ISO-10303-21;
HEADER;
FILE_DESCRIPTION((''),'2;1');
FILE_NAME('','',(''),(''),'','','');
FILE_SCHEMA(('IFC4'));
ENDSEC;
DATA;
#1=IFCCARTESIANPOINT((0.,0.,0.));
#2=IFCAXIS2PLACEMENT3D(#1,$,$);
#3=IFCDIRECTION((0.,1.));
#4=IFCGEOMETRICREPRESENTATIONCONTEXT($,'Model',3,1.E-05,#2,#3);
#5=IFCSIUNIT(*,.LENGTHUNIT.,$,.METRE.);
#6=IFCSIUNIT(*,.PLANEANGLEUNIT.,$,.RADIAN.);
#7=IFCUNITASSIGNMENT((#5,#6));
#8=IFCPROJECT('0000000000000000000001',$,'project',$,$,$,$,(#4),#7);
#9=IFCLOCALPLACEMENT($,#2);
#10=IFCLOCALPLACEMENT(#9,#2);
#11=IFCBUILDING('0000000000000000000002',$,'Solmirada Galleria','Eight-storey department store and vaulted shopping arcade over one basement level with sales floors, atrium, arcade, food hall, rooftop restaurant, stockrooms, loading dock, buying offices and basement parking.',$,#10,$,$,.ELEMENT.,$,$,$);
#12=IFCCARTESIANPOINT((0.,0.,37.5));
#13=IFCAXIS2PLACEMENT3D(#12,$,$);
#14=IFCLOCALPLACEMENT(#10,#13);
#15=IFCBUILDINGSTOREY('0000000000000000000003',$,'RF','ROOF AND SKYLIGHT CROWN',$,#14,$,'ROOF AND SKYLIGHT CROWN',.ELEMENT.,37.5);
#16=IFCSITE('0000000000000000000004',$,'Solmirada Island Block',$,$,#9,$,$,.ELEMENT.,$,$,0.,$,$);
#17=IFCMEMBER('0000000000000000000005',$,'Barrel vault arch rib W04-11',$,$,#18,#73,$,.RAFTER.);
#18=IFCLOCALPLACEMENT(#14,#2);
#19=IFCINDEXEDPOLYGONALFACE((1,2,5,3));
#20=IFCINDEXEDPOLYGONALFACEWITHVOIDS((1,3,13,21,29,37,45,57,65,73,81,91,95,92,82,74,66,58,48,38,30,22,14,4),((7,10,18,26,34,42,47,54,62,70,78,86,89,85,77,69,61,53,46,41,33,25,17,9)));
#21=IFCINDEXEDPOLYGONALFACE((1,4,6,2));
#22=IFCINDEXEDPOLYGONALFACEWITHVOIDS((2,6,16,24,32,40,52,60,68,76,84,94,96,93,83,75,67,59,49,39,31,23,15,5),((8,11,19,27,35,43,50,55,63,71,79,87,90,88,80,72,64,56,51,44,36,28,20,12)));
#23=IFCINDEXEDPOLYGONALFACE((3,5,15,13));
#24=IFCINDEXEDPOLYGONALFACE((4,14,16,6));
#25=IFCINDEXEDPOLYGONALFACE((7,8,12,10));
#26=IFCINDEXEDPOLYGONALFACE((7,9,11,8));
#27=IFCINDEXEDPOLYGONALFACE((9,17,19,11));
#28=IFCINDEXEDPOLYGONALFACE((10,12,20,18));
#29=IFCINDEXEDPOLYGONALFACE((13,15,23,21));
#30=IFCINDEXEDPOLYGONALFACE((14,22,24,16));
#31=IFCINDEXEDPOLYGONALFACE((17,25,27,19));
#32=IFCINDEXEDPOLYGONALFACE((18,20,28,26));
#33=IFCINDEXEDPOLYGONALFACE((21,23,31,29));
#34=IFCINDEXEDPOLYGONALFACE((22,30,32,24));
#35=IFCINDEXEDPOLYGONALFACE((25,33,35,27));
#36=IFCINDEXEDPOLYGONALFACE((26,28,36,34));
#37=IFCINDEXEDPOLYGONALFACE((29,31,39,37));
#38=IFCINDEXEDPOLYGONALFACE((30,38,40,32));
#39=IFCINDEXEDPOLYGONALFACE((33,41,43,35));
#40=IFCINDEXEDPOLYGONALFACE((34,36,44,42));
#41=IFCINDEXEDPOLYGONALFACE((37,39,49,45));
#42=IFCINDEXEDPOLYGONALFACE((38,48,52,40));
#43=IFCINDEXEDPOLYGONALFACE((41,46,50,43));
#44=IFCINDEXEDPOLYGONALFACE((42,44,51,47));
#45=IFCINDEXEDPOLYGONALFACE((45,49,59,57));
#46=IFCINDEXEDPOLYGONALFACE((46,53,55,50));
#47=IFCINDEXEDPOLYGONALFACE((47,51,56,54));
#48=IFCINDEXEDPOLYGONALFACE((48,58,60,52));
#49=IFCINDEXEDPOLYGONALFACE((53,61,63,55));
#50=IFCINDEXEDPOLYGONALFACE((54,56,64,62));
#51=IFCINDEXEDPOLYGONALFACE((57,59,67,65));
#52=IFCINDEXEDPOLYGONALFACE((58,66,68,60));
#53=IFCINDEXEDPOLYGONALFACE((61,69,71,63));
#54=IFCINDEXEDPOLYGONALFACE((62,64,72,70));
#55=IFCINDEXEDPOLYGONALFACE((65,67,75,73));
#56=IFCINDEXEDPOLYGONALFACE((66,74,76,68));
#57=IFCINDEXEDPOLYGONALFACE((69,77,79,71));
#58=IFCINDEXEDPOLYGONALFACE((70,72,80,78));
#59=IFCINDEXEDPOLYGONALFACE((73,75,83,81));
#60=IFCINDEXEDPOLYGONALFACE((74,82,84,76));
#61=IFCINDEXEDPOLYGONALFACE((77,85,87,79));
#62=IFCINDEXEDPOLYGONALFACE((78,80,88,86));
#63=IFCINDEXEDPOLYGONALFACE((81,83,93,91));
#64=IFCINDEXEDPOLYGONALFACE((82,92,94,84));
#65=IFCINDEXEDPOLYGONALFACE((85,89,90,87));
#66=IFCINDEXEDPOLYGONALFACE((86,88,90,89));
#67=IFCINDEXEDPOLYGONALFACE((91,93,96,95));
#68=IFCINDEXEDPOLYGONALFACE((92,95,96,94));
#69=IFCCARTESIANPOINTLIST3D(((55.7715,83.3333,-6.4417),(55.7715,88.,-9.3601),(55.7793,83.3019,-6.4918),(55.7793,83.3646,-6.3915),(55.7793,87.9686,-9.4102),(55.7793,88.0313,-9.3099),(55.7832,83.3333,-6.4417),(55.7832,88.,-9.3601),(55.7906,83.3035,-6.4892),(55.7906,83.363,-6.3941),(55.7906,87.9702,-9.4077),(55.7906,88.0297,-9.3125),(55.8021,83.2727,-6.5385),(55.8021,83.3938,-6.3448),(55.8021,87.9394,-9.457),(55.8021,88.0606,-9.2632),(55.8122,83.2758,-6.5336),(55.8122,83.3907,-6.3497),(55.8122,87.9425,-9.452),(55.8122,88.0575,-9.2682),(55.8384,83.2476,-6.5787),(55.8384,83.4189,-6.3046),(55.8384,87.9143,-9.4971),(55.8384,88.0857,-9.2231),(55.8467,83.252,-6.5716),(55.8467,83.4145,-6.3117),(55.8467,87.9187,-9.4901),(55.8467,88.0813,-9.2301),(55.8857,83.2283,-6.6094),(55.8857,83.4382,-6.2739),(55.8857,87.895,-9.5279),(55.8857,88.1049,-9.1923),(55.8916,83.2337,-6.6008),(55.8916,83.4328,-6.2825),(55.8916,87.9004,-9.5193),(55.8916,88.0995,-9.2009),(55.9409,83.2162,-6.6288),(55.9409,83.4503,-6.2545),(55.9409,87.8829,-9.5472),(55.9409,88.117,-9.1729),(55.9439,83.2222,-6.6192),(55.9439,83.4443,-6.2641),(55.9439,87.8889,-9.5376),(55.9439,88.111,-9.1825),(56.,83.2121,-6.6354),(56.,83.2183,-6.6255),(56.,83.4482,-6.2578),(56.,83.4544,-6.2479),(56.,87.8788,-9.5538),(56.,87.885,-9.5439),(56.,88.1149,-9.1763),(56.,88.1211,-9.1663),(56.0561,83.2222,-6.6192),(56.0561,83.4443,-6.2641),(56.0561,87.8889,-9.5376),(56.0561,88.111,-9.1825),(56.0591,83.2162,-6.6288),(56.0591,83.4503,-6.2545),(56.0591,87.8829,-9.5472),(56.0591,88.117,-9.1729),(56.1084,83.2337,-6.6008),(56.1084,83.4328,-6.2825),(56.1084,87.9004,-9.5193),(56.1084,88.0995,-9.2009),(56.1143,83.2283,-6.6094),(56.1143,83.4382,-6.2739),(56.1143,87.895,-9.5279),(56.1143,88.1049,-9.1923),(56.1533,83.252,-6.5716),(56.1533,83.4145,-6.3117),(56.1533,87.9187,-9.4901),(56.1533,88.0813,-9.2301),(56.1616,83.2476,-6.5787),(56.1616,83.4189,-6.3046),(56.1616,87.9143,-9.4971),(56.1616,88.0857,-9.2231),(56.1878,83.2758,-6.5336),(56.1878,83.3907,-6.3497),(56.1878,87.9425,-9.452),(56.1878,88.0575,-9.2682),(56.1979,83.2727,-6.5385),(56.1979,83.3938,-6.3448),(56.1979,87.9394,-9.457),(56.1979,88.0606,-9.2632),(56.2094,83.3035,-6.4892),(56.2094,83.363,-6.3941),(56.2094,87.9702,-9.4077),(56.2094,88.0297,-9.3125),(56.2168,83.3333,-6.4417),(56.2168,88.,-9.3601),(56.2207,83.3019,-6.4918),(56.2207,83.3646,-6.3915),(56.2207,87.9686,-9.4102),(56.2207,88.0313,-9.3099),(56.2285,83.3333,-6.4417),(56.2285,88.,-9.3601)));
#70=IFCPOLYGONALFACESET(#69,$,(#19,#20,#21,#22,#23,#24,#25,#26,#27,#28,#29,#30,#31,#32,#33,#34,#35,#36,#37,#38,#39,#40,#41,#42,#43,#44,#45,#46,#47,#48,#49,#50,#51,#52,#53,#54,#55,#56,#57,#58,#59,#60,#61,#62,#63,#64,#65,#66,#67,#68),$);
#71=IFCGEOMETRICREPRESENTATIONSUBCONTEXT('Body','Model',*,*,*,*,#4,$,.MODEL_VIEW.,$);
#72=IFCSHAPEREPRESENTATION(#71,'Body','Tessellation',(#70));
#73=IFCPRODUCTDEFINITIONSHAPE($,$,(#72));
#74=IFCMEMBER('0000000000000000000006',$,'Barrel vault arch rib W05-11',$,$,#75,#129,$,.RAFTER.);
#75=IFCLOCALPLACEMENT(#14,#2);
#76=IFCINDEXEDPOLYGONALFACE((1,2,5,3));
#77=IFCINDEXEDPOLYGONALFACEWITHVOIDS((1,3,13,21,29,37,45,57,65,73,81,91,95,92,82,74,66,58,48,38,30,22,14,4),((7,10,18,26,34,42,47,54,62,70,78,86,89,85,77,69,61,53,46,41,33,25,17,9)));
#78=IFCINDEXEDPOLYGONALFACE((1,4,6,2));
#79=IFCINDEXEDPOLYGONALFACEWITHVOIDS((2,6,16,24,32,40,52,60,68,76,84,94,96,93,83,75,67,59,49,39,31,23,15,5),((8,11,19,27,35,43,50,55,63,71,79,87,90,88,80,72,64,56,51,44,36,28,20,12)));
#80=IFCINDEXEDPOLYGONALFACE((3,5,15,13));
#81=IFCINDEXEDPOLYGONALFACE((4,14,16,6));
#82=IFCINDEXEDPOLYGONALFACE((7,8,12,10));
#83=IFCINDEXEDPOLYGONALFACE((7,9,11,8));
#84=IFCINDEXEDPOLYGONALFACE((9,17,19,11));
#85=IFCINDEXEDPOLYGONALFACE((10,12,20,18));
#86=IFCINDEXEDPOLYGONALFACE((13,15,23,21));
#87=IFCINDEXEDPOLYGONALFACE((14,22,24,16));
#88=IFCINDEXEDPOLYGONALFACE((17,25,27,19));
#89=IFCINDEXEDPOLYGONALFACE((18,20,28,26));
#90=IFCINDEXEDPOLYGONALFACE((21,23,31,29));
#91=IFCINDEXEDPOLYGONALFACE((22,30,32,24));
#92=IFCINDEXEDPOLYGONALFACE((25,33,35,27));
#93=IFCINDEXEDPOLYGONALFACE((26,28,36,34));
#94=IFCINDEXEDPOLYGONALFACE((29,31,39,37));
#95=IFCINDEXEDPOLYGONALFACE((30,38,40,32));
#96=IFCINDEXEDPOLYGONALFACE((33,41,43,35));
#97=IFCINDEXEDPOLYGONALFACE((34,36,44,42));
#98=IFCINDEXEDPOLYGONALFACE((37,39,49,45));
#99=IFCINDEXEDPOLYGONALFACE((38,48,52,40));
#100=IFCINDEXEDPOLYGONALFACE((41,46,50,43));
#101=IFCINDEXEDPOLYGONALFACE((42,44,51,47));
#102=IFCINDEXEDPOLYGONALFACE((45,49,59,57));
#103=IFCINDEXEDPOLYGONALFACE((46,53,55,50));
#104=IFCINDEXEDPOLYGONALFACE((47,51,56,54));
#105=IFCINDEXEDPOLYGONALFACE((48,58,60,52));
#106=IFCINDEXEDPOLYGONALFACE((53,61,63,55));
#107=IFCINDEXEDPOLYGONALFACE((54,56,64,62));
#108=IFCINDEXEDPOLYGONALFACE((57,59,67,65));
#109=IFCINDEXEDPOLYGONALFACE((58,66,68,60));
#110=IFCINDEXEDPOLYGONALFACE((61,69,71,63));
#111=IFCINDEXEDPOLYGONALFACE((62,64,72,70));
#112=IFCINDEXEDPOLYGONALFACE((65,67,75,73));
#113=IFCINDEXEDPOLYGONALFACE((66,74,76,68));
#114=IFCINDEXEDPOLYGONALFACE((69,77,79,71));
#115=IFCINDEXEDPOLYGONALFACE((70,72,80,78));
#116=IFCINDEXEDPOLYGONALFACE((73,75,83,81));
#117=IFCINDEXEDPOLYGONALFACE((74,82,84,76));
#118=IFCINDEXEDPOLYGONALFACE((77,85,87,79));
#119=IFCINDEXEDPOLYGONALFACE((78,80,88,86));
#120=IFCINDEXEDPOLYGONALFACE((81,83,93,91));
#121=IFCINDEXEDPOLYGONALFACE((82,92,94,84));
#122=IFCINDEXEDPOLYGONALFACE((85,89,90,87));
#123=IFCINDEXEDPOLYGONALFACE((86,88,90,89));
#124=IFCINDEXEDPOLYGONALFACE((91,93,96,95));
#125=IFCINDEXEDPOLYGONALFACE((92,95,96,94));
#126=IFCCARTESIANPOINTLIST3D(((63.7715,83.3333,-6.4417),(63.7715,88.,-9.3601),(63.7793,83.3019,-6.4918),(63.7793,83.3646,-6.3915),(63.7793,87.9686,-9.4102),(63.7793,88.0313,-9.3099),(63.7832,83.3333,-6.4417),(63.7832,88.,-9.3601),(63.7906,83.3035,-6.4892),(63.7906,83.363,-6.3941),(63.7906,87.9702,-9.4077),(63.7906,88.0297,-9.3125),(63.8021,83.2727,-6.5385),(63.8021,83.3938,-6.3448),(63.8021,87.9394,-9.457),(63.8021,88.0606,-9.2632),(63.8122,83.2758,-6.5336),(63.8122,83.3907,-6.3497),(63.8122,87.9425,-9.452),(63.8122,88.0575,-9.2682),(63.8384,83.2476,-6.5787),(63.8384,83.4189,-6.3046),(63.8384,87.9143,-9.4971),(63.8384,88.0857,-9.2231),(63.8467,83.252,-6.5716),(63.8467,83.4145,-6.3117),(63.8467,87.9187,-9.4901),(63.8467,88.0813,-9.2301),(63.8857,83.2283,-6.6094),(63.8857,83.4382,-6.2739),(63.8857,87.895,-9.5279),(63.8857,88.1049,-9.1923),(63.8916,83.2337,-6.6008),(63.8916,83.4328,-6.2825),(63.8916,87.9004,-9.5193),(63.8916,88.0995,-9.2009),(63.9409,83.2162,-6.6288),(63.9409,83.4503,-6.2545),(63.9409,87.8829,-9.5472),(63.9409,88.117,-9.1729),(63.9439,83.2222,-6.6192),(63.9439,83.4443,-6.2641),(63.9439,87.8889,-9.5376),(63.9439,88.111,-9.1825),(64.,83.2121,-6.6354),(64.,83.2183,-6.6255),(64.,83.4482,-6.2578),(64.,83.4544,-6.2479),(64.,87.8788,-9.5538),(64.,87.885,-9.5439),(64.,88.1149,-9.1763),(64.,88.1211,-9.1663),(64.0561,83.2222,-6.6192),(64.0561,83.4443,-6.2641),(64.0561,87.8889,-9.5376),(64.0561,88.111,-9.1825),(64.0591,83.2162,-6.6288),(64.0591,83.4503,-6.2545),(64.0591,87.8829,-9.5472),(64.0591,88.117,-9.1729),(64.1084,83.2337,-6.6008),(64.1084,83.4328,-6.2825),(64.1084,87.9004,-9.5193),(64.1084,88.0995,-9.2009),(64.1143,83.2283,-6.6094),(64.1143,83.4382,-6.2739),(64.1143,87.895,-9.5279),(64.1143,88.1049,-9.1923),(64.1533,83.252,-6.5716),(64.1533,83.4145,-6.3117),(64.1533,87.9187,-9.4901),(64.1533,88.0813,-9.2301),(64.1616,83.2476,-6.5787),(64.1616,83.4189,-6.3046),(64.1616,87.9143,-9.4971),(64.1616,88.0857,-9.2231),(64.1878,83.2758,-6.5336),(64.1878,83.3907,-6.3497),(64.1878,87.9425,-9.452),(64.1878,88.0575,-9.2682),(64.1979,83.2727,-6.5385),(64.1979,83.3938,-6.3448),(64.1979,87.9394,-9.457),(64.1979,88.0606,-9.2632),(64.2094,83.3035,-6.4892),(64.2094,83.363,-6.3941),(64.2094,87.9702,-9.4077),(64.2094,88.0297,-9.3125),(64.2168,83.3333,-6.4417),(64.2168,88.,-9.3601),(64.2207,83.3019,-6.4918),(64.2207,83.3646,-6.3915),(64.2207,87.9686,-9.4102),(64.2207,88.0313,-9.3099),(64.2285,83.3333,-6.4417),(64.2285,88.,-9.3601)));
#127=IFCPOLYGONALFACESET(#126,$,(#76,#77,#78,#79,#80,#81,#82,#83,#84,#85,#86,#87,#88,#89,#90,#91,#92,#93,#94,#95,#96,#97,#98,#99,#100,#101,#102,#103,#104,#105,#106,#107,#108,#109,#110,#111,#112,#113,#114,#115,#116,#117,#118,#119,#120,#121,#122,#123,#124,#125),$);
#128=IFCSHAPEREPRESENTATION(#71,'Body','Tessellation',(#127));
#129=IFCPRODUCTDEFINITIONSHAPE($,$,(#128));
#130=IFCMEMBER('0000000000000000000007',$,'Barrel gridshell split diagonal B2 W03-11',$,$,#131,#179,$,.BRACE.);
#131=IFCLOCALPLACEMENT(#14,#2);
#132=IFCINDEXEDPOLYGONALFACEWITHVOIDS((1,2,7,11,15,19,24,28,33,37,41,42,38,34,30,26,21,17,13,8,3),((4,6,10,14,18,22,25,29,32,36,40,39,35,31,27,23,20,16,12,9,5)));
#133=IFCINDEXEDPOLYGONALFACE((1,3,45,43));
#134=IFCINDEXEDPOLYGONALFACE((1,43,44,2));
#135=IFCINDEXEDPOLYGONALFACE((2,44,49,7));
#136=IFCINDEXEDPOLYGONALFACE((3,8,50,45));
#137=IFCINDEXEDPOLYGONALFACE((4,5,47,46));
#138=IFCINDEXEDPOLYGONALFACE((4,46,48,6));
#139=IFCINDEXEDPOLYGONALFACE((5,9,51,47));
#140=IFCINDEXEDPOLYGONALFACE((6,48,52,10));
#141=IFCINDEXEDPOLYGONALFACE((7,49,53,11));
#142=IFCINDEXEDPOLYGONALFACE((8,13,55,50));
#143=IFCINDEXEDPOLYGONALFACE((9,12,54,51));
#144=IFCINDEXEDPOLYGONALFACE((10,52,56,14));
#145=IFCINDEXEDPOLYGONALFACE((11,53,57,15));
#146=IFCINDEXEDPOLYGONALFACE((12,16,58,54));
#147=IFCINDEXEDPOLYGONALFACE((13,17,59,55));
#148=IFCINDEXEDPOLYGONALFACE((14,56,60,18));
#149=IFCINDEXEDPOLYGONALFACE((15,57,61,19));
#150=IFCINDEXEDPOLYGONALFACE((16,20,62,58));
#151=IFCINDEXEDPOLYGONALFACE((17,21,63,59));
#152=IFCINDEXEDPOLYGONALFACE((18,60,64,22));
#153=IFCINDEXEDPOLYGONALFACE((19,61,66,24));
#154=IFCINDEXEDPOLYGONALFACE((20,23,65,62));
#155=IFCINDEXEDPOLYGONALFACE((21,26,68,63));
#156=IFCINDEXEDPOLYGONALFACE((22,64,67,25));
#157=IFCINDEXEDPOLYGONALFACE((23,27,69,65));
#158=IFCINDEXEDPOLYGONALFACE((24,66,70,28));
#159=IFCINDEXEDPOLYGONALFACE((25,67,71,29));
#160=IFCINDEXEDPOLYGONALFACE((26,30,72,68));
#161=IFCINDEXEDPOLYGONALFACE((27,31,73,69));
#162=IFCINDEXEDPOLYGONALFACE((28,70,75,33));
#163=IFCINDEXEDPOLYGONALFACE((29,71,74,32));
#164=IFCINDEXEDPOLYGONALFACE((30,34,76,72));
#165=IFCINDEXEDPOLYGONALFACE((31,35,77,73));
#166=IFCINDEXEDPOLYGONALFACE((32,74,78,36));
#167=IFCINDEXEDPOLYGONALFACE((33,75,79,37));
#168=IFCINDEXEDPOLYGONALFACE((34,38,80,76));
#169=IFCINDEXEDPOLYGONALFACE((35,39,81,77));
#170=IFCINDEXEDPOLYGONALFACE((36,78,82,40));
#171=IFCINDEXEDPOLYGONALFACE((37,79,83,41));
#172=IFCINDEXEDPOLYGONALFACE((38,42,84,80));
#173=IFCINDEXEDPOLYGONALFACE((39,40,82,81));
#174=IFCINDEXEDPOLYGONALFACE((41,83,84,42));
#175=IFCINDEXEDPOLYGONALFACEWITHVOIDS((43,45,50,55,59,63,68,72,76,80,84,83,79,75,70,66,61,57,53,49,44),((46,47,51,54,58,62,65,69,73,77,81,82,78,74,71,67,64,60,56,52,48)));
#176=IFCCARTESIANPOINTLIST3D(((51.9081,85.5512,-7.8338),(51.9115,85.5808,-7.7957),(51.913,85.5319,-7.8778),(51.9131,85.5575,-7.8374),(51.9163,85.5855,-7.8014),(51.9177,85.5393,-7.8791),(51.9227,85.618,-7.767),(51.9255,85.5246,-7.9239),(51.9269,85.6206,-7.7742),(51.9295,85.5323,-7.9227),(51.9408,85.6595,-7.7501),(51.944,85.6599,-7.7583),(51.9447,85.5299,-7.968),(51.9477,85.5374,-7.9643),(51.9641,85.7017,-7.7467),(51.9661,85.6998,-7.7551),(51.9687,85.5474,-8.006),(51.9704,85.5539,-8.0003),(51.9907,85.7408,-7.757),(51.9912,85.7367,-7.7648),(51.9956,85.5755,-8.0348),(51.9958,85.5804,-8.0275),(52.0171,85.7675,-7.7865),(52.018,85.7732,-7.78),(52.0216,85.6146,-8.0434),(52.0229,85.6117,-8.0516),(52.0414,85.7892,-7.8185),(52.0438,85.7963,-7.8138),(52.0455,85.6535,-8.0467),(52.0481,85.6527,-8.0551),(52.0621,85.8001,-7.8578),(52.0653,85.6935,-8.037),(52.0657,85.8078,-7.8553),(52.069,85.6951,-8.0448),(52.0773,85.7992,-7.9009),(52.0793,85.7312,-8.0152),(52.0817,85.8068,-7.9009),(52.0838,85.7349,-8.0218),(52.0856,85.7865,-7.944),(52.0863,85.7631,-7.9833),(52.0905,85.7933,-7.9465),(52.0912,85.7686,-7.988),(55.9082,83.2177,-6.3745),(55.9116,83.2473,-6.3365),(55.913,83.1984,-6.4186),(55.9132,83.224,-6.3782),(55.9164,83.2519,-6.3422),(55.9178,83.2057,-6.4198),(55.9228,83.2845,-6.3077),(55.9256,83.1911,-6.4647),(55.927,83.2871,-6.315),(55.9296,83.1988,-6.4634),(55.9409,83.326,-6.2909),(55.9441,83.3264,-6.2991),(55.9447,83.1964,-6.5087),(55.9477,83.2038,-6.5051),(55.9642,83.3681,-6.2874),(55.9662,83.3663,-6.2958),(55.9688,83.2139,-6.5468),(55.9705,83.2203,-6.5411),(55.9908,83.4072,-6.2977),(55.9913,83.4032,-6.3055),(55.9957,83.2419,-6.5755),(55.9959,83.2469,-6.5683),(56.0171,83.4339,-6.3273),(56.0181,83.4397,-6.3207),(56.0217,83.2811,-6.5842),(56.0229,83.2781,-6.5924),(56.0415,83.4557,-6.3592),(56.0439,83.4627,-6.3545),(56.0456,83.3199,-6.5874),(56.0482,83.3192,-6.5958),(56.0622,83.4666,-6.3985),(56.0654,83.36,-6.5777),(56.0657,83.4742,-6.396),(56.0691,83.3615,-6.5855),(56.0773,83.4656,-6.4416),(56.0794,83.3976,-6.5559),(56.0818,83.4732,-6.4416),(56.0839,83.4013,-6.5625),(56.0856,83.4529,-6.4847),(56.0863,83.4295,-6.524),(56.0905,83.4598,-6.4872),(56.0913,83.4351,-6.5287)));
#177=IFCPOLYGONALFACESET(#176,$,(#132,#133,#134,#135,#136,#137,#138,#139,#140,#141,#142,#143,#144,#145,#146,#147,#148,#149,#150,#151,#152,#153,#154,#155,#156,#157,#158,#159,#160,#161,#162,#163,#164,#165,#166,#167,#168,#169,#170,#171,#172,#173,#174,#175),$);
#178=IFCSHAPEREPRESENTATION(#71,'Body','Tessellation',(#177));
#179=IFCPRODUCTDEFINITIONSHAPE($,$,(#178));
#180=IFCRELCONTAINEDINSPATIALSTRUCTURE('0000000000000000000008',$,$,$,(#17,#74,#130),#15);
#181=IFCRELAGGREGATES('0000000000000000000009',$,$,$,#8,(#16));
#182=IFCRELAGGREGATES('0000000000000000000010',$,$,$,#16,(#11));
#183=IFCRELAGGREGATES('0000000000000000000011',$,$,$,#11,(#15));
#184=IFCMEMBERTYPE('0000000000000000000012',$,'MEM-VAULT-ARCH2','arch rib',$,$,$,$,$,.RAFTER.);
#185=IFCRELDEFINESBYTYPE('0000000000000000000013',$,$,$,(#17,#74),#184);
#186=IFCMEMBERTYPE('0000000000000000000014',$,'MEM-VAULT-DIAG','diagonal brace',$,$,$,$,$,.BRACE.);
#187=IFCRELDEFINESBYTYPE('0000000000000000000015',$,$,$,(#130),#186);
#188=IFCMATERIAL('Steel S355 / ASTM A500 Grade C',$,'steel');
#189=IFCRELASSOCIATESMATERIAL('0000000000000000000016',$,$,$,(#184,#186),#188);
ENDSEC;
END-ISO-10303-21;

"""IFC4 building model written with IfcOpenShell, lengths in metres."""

from ifc_helpers import new_model, si_unit, direction, frame, origin, origin_2d, place, context, subcontext, project, spatial, hollow_circle, extrude, material, material_profile, profile_set, type_object, element, save


model = new_model("IFC4")

# Units and contexts
model_context = context("Model", 3, precision=1e-05, world=origin(), true_north=direction((0.0, 1.0)))
body_context = subcontext(model_context, "Body", "Model", "MODEL_VIEW")
ifc_project = project(units=[si_unit("LENGTHUNIT", "METRE"), si_unit("PLANEANGLEUNIT", "RADIAN")], contexts=[model_context])

# Site, building, storey
site_placement = place(None, origin())
site = spatial("IfcSite", under=ifc_project, at=site_placement, Name="Solmirada Island Block", CompositionType="ELEMENT", RefElevation=0.0)
building_placement = place(site_placement, origin())
building = spatial("IfcBuilding", under=site, at=building_placement, Name="Solmirada Galleria", Description="Eight-storey department store and vaulted shopping arcade over one basement level with sales floors, atrium, arcade, food hall, rooftop restaurant, stockrooms, loading dock, buying offices and basement parking.", CompositionType="ELEMENT")
storey_placement = place(building_placement, frame((0.0, 0.0, 37.5)))
storey = spatial("IfcBuildingStorey", under=building, at=storey_placement, Name="RF", Description="ROOF AND SKYLIGHT CROWN", LongName="ROOF AND SKYLIGHT CROWN", CompositionType="ELEMENT", Elevation=37.5)

# Members
ifc_material_1 = material(Name="Steel S355 / ASTM A500 Grade C", Category="steel")
ifc_material_profile_1 = material_profile(ifc_material_1, hollow_circle(Radius=0.2285, WallThickness=0.0117, at=origin_2d()), Name="HSS18.000X0.500")
ifc_profile_set_1 = profile_set([ifc_material_profile_1], Name="Steel S355 / ASTM A500 Grade C")
member_type_1 = type_object("IfcMemberType", Name="MEM-VAULT-ARCH2", Description="arch rib", PredefinedType="RAFTER", material=ifc_profile_set_1)
for number, where, z_axis, x_axis, name in (
    (1, (56.0, 83.3333, -6.4417), (0.0, 0.847856, -0.530226), (-1.0, 0.0, 0.0), "Barrel vault arch rib W04-11"),
    (2, (64.0, 83.3333, -6.4417), (0.0, 0.847856, -0.530226), (-1.0, 0.0, 0.0), "Barrel vault arch rib W05-11"),
):
    element("IfcMember", number, at=place(storey_placement, frame(where, z_axis=z_axis, x_axis=x_axis)), inside=storey, type_object=member_type_1, Name=name, PredefinedType="RAFTER", context=body_context, shape_type="SweptSolid", body=[
        extrude(hollow_circle(Radius=0.2285, WallThickness=0.0117, at=origin_2d()), origin(), (0.0, 0.0, 1.0), 5.5042),
    ])
ifc_material_profile_2 = material_profile(ifc_material_1, hollow_circle(Radius=0.1621, WallThickness=0.0088, at=origin_2d()), Name="HSS12.750X0.375")
ifc_profile_set_2 = profile_set([ifc_material_profile_2], Name="Steel S355 / ASTM A500 Grade C")
member_type_2 = type_object("IfcMemberType", Name="MEM-VAULT-DIAG", Description="diagonal brace", PredefinedType="BRACE", material=ifc_profile_set_2)
member_1_placement = place(storey_placement, frame((52.0, 85.6667, -7.9009), z_axis=(0.823831, -0.480602, 0.30054), x_axis=(0.503897, 0.863764, 0.0)))
element("IfcMember", 3, at=member_1_placement, inside=storey, type_object=member_type_2, Name="Barrel gridshell split diagonal B2 W03-11", PredefinedType="BRACE", context=body_context, shape_type="SweptSolid", body=[
    extrude(hollow_circle(Radius=0.1621, WallThickness=0.0088, at=origin_2d()), origin(), (0.0, 0.0, 1.0), 4.8555),
])

save(model, "model.ifc")
